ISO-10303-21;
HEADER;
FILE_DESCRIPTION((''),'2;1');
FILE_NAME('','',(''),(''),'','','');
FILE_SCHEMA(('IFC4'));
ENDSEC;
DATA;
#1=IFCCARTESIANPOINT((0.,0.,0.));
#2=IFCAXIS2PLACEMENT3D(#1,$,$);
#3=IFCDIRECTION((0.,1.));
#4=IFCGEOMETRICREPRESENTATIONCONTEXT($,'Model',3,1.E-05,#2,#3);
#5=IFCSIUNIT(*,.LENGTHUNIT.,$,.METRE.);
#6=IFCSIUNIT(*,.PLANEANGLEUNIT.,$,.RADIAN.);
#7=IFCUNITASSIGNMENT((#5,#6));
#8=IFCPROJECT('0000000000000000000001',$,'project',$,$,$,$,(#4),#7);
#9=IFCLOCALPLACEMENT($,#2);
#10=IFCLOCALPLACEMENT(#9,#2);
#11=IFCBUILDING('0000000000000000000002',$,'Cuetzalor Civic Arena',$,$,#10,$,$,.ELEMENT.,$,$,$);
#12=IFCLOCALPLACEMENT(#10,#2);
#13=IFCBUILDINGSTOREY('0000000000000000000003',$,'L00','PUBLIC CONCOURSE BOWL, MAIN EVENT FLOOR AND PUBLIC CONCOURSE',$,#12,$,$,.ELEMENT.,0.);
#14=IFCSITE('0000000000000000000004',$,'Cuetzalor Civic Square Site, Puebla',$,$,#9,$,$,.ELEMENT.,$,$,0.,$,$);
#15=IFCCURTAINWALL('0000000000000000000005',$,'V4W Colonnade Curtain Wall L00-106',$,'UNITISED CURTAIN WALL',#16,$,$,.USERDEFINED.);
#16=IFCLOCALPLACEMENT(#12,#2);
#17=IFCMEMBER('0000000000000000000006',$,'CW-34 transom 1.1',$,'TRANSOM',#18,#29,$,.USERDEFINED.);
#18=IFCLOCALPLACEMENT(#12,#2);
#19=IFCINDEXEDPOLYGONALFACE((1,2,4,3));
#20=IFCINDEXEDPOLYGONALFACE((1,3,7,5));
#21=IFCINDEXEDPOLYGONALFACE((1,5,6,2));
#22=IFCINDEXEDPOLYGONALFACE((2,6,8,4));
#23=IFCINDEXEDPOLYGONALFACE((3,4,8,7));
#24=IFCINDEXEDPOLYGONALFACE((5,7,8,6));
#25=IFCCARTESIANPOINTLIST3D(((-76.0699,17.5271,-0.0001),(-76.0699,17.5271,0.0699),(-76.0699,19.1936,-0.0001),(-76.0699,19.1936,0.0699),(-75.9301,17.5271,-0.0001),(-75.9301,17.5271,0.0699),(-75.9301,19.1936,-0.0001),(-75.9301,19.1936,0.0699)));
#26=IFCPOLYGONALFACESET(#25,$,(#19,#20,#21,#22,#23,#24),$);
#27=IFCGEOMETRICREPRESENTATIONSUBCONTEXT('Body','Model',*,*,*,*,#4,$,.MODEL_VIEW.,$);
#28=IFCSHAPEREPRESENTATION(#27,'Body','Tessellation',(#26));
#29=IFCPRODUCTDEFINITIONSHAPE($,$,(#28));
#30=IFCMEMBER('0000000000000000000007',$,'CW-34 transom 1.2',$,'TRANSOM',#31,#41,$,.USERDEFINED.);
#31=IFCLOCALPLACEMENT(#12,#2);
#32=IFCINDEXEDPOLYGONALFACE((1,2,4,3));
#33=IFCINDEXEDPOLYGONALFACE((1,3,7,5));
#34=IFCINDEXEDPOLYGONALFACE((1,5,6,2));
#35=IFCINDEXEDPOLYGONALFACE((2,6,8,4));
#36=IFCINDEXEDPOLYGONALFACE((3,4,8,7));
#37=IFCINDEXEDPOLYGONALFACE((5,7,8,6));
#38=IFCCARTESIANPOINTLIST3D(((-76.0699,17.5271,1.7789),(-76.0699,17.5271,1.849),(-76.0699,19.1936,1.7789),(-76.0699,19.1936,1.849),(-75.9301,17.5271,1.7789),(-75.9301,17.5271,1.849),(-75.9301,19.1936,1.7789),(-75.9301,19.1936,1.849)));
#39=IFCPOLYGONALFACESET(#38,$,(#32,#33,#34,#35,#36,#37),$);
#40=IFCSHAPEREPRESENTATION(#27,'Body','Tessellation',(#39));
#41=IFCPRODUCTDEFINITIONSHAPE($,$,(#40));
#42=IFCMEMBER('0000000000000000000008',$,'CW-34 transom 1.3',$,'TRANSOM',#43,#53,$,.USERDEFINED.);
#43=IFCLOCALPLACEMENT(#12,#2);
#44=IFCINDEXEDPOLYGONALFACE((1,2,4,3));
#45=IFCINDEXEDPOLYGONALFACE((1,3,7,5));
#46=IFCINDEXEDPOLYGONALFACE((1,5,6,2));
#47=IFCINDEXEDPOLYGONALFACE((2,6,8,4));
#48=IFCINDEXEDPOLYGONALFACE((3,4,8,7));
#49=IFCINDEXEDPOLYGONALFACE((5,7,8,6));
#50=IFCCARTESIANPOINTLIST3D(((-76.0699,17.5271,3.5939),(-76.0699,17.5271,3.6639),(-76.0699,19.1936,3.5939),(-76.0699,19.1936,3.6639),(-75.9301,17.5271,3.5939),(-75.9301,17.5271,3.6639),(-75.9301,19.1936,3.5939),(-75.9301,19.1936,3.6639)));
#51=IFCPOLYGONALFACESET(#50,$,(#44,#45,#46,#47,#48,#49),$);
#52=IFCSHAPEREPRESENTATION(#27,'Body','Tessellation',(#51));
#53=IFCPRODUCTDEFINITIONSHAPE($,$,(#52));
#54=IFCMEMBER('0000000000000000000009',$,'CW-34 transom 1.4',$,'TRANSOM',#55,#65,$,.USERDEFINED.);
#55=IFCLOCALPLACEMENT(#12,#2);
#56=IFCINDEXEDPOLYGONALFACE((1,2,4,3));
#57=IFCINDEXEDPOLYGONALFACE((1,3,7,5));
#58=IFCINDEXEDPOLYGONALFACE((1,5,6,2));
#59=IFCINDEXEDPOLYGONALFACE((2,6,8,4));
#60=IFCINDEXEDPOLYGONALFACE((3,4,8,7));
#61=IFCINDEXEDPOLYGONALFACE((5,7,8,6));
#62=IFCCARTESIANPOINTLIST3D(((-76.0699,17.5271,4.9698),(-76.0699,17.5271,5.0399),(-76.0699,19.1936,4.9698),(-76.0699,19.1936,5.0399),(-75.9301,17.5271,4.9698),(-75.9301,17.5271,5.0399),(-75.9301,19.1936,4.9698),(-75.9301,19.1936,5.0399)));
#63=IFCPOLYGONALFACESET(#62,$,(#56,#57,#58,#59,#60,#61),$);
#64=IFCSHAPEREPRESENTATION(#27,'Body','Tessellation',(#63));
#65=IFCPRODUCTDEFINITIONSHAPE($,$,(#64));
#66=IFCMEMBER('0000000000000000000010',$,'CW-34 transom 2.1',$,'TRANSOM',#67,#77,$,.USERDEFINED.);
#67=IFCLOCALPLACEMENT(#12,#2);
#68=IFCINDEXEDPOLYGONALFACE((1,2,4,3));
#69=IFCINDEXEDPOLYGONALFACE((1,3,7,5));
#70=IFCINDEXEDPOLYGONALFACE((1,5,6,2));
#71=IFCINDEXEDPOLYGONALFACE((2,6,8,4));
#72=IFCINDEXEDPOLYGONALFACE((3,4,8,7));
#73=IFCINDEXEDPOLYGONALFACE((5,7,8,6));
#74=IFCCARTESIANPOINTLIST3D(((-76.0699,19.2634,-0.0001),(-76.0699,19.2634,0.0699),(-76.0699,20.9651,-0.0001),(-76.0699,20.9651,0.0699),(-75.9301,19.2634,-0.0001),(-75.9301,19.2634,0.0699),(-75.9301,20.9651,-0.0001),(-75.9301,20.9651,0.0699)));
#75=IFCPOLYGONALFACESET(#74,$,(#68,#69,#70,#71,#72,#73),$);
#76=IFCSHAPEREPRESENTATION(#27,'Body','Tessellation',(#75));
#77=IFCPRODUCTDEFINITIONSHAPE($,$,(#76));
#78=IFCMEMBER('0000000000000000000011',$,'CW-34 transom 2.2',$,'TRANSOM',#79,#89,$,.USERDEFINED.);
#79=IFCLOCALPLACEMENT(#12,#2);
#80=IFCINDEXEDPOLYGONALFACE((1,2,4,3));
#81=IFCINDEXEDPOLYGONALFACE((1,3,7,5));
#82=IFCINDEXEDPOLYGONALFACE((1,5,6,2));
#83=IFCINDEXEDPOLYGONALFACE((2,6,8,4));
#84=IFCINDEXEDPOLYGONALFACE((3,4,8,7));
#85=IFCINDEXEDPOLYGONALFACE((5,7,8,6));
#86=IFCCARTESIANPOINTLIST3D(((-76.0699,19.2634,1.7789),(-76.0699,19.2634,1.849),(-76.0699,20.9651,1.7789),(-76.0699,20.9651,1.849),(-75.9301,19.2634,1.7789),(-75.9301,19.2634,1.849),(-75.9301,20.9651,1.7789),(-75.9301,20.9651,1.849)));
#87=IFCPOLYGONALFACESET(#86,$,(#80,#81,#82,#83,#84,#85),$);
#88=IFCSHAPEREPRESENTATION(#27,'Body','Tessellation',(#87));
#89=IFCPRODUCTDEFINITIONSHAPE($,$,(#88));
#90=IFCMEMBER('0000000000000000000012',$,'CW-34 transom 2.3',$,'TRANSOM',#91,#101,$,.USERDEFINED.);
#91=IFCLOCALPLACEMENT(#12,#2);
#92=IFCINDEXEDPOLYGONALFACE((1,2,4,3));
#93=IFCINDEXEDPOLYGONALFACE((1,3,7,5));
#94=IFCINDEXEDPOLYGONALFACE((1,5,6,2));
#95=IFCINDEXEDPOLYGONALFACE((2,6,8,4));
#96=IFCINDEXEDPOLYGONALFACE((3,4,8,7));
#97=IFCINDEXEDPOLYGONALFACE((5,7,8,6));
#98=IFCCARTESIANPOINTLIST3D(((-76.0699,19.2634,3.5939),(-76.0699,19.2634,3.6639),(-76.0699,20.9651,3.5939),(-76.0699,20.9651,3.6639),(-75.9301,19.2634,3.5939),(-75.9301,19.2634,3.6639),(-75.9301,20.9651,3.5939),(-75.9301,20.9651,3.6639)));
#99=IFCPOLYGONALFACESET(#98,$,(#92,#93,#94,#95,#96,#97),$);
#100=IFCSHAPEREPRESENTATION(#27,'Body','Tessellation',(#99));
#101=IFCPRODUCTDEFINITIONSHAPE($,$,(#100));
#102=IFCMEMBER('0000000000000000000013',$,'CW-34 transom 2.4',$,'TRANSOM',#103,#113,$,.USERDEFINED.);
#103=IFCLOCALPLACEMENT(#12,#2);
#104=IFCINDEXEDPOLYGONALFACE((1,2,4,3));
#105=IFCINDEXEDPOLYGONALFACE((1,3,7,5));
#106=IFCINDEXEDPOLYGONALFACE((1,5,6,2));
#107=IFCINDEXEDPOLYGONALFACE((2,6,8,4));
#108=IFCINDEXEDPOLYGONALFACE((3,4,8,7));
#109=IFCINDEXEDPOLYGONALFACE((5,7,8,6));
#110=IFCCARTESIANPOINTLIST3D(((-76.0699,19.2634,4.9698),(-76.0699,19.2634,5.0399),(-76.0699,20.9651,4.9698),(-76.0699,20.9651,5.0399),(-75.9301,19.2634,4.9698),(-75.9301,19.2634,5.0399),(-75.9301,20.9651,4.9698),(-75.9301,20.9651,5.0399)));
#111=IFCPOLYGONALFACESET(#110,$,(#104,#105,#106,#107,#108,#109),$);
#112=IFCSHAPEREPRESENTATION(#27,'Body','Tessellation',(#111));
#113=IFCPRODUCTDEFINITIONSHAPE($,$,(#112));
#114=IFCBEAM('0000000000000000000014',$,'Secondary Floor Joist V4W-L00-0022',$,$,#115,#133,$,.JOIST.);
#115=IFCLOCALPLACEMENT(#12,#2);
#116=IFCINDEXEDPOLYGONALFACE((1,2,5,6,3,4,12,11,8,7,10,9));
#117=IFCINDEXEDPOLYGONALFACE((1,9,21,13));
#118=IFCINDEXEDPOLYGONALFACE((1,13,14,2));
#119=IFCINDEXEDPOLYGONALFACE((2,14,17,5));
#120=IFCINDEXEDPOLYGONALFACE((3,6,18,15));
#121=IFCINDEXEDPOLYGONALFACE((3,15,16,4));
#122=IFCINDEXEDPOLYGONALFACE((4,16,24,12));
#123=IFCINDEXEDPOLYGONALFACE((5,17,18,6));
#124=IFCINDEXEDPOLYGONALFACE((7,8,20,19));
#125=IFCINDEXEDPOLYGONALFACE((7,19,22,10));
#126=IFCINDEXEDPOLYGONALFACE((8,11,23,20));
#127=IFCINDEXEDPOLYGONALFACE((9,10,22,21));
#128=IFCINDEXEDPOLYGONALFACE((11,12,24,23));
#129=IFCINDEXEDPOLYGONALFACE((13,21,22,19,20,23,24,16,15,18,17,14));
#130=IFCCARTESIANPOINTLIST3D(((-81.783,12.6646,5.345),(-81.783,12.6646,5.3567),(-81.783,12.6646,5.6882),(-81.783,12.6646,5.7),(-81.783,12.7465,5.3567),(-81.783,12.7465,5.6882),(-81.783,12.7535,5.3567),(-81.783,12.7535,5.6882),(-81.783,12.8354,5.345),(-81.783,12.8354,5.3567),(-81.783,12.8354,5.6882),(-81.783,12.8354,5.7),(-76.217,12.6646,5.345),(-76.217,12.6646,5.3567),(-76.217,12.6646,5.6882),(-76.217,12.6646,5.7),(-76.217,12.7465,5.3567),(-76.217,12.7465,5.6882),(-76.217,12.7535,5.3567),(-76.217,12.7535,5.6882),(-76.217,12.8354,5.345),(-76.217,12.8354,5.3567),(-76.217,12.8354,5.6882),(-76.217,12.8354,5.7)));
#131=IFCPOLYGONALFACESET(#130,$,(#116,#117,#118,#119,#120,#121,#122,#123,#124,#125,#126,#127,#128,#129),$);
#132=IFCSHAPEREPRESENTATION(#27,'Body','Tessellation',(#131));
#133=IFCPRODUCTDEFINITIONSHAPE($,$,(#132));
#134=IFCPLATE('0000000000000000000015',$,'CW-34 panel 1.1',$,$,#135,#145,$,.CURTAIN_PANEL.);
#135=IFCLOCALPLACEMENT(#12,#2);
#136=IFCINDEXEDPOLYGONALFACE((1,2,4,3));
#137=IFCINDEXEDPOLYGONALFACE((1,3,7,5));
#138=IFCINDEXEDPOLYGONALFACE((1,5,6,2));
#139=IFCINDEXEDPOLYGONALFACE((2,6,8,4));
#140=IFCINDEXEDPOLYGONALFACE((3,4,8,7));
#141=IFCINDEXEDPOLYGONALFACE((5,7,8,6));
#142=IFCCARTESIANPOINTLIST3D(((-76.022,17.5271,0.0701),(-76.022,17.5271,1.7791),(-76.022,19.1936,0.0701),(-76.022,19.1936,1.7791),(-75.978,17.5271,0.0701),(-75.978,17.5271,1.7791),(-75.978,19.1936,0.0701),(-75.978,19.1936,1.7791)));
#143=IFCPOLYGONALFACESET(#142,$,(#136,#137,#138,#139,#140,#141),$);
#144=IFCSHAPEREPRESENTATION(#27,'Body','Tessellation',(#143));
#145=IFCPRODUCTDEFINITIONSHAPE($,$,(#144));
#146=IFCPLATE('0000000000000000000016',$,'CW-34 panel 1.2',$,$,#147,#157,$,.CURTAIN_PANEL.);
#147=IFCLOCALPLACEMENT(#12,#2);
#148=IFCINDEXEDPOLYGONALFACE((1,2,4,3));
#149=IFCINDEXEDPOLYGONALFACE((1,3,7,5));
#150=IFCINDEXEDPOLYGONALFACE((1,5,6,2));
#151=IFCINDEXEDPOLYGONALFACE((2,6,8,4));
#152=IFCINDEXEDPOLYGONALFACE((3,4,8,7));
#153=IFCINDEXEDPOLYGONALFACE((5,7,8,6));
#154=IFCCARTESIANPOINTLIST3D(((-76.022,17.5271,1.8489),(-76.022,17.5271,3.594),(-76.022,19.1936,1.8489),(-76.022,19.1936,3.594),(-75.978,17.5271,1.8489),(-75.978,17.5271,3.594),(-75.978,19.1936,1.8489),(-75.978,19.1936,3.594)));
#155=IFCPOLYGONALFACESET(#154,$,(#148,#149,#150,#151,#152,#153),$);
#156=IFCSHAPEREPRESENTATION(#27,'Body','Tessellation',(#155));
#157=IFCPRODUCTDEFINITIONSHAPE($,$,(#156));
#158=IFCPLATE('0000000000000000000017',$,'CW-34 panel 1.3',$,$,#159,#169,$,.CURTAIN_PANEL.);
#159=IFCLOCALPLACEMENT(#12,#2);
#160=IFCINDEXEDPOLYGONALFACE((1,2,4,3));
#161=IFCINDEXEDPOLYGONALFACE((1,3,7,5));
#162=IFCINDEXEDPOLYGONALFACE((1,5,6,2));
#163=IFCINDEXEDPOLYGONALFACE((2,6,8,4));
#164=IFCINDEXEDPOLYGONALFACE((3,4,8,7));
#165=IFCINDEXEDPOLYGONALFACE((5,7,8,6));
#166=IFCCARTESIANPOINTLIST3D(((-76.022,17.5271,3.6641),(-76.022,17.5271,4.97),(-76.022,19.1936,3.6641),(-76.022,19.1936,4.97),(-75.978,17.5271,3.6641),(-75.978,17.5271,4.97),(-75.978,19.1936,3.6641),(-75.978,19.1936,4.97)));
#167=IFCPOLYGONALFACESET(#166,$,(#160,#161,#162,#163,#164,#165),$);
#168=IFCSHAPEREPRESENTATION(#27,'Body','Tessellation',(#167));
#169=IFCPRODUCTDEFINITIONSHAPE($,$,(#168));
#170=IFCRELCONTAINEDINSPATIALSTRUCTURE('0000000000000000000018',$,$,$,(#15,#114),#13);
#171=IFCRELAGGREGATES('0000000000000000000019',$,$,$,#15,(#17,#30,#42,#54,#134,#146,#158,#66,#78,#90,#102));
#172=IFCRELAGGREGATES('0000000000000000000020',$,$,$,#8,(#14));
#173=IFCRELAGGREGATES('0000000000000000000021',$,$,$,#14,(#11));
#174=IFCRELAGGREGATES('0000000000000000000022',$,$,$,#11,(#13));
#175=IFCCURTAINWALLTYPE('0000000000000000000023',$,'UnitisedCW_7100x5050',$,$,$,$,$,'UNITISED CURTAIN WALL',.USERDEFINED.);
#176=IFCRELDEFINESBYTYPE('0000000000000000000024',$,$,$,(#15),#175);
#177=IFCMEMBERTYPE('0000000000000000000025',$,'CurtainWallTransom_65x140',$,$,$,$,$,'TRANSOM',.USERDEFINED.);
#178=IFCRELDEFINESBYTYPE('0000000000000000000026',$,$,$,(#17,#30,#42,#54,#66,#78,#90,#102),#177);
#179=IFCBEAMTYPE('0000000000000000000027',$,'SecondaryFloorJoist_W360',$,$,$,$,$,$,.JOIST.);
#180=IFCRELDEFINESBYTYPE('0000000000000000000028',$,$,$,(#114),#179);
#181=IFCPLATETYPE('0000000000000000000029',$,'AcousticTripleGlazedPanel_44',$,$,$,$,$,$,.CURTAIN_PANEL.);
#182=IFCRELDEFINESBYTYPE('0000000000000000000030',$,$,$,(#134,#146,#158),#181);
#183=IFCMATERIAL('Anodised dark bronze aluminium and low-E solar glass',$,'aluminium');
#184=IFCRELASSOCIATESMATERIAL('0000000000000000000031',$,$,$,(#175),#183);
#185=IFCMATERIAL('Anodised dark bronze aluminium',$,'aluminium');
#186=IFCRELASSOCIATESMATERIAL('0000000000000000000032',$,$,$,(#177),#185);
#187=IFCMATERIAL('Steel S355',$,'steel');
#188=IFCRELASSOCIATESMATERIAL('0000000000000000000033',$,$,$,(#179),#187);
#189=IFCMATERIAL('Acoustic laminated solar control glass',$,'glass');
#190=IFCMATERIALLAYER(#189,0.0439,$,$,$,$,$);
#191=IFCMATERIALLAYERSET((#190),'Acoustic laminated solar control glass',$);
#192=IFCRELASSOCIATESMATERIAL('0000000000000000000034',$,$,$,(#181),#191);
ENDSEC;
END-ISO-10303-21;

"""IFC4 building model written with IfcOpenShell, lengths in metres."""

from ifc_helpers import new_model, si_unit, direction, frame, origin, origin_2d, place, context, subcontext, project, spatial, rectangle, i_section, extrude, material, layer, layer_set, material_profile, profile_set, type_object, element, aggregate, save


model = new_model("IFC4")

# Units and contexts
model_context = context("Model", 3, precision=1e-05, world=origin(), true_north=direction((0.0, 1.0)))
body_context = subcontext(model_context, "Body", "Model", "MODEL_VIEW")
ifc_project = project(units=[si_unit("LENGTHUNIT", "METRE"), si_unit("PLANEANGLEUNIT", "RADIAN")], contexts=[model_context])

# Site, building, storey
site_placement = place(None, origin())
site = spatial("IfcSite", under=ifc_project, at=site_placement, Name="Cuetzalor Civic Square Site, Puebla", CompositionType="ELEMENT", RefElevation=0.0)
building_placement = place(site_placement, origin())
building = spatial("IfcBuilding", under=site, at=building_placement, Name="Cuetzalor Civic Arena", CompositionType="ELEMENT")
storey_placement = place(building_placement, origin())
storey = spatial("IfcBuildingStorey", under=building, at=storey_placement, Name="L00", Description="PUBLIC CONCOURSE BOWL, MAIN EVENT FLOOR AND PUBLIC CONCOURSE", CompositionType="ELEMENT", Elevation=0.0)

# Curtain wall, members
ifc_material_1 = material(Name="Anodised dark bronze aluminium and low-E solar glass", Category="aluminium")
curtain_wall_type = type_object("IfcCurtainWallType", Name="UnitisedCW_7100x5050", ElementType="UNITISED CURTAIN WALL", PredefinedType="USERDEFINED", material=ifc_material_1)
curtain_wall_placement = place(storey_placement, origin())
curtain_wall = element("IfcCurtainWall", 1, at=curtain_wall_placement, inside=storey, type_object=curtain_wall_type, Name="V4W Colonnade Curtain Wall L00-106", ObjectType="UNITISED CURTAIN WALL", PredefinedType="USERDEFINED")
ifc_material_2 = material(Name="Anodised dark bronze aluminium", Category="aluminium")
ifc_material_profile_1 = material_profile(ifc_material_2, rectangle(XDim=0.1399, YDim=0.0701, at=origin_2d()), Name="ALU TRANSOM 70x140")
ifc_profile_set_1 = profile_set([ifc_material_profile_1], Name="Anodised dark bronze aluminium")
member_type_1 = type_object("IfcMemberType", Name="CurtainWallTransom_65x140", ElementType="TRANSOM", PredefinedType="USERDEFINED", material=ifc_profile_set_1)
member_1_placement = place(storey_placement, frame((-76.0, 17.5271, 0.0349), z_axis=(0.0, 1.0, 0.0), x_axis=(-1.0, 0.0, 0.0)))
member_1 = element("IfcMember", 2, at=member_1_placement, type_object=member_type_1, Name="CW-34 transom 1.1", ObjectType="TRANSOM", PredefinedType="USERDEFINED", context=body_context, shape_type="SweptSolid", body=[
    extrude(rectangle(XDim=0.1399, YDim=0.0701, at=origin_2d()), origin(), (0.0, 0.0, 1.0), 1.6665),
])
member_2_placement = place(storey_placement, frame((-76.0, 17.5271, 1.814), z_axis=(0.0, 1.0, 0.0), x_axis=(-1.0, 0.0, 0.0)))
member_2 = element("IfcMember", 3, at=member_2_placement, type_object=member_type_1, Name="CW-34 transom 1.2", ObjectType="TRANSOM", PredefinedType="USERDEFINED", context=body_context, shape_type="SweptSolid", body=[
    extrude(rectangle(XDim=0.1399, YDim=0.0701, at=origin_2d()), origin(), (0.0, 0.0, 1.0), 1.6665),
])
member_3_placement = place(storey_placement, frame((-76.0, 17.5271, 3.6289), z_axis=(0.0, 1.0, 0.0), x_axis=(-1.0, 0.0, 0.0)))
member_3 = element("IfcMember", 4, at=member_3_placement, type_object=member_type_1, Name="CW-34 transom 1.3", ObjectType="TRANSOM", PredefinedType="USERDEFINED", context=body_context, shape_type="SweptSolid", body=[
    extrude(rectangle(XDim=0.1399, YDim=0.0701, at=origin_2d()), origin(), (0.0, 0.0, 1.0), 1.6665),
])
member_4_placement = place(storey_placement, frame((-76.0, 17.5271, 5.0049), z_axis=(0.0, 1.0, 0.0), x_axis=(-1.0, 0.0, 0.0)))
member_4 = element("IfcMember", 5, at=member_4_placement, type_object=member_type_1, Name="CW-34 transom 1.4", ObjectType="TRANSOM", PredefinedType="USERDEFINED", context=body_context, shape_type="SweptSolid", body=[
    extrude(rectangle(XDim=0.1399, YDim=0.0701, at=origin_2d()), origin(), (0.0, 0.0, 1.0), 1.6665),
])
member_5_placement = place(storey_placement, frame((-76.0, 19.2634, 0.0349), z_axis=(0.0, 1.0, 0.0), x_axis=(-1.0, 0.0, 0.0)))
member_5 = element("IfcMember", 6, at=member_5_placement, type_object=member_type_1, Name="CW-34 transom 2.1", ObjectType="TRANSOM", PredefinedType="USERDEFINED", context=body_context, shape_type="SweptSolid", body=[
    extrude(rectangle(XDim=0.1399, YDim=0.0701, at=origin_2d()), origin(), (0.0, 0.0, 1.0), 1.7017),
])
member_6_placement = place(storey_placement, frame((-76.0, 19.2634, 1.814), z_axis=(0.0, 1.0, 0.0), x_axis=(-1.0, 0.0, 0.0)))
member_6 = element("IfcMember", 7, at=member_6_placement, type_object=member_type_1, Name="CW-34 transom 2.2", ObjectType="TRANSOM", PredefinedType="USERDEFINED", context=body_context, shape_type="SweptSolid", body=[
    extrude(rectangle(XDim=0.1399, YDim=0.0701, at=origin_2d()), origin(), (0.0, 0.0, 1.0), 1.7017),
])
member_7_placement = place(storey_placement, frame((-76.0, 19.2634, 3.6289), z_axis=(0.0, 1.0, 0.0), x_axis=(-1.0, 0.0, 0.0)))
member_7 = element("IfcMember", 8, at=member_7_placement, type_object=member_type_1, Name="CW-34 transom 2.3", ObjectType="TRANSOM", PredefinedType="USERDEFINED", context=body_context, shape_type="SweptSolid", body=[
    extrude(rectangle(XDim=0.1399, YDim=0.0701, at=origin_2d()), origin(), (0.0, 0.0, 1.0), 1.7017),
])
member_8_placement = place(storey_placement, frame((-76.0, 19.2634, 5.0049), z_axis=(0.0, 1.0, 0.0), x_axis=(-1.0, 0.0, 0.0)))
member_8 = element("IfcMember", 9, at=member_8_placement, type_object=member_type_1, Name="CW-34 transom 2.4", ObjectType="TRANSOM", PredefinedType="USERDEFINED", context=body_context, shape_type="SweptSolid", body=[
    extrude(rectangle(XDim=0.1399, YDim=0.0701, at=origin_2d()), origin(), (0.0, 0.0, 1.0), 1.7017),
])

# Beam
ifc_material_3 = material(Name="Steel S355", Category="steel")
ifc_material_profile_2 = material_profile(ifc_material_3, i_section(OverallWidth=0.1709, OverallDepth=0.355, WebThickness=0.0071, FlangeThickness=0.0117, at=origin_2d()), Name="W360x51")
ifc_profile_set_2 = profile_set([ifc_material_profile_2], Name="Steel S355")
beam_type_1 = type_object("IfcBeamType", Name="SecondaryFloorJoist_W360", PredefinedType="JOIST", material=ifc_profile_set_2)
beam_1_placement = place(storey_placement, frame((-81.783, 12.75, 5.5225), z_axis=(1.0, 0.0, 0.0), x_axis=(0.0, 1.0, 0.0)))
element("IfcBeam", 10, at=beam_1_placement, inside=storey, type_object=beam_type_1, Name="Secondary Floor Joist V4W-L00-0022", PredefinedType="JOIST", context=body_context, shape_type="SweptSolid", body=[
    extrude(i_section(OverallWidth=0.1709, OverallDepth=0.355, WebThickness=0.0071, FlangeThickness=0.0117, at=origin_2d()), origin(), (0.0, 0.0, 1.0), 5.5659),
])

# Plates
ifc_material_4 = material(Name="Acoustic laminated solar control glass", Category="glass")
ifc_layer_1 = layer(ifc_material_4, 0.0439)
ifc_layer_set_1 = layer_set([ifc_layer_1], Name="Acoustic laminated solar control glass")
plate_type = type_object("IfcPlateType", Name="AcousticTripleGlazedPanel_44", PredefinedType="CURTAIN_PANEL", material=ifc_layer_set_1)
plate_1_placement = place(storey_placement, frame((-76.0, 18.3604, 0.0701), z_axis=(0.0, 0.0, 1.0), x_axis=(0.0, 1.0, 0.0)))
plate_1 = element("IfcPlate", 11, at=plate_1_placement, type_object=plate_type, Name="CW-34 panel 1.1", PredefinedType="CURTAIN_PANEL", context=body_context, shape_type="SweptSolid", body=[
    extrude(rectangle(XDim=1.6665, YDim=0.0439, at=origin_2d()), origin(), (0.0, 0.0, 1.0), 1.709),
])
plate_2_placement = place(storey_placement, frame((-76.0, 18.3604, 1.8489), z_axis=(0.0, 0.0, 1.0), x_axis=(0.0, 1.0, 0.0)))
plate_2 = element("IfcPlate", 12, at=plate_2_placement, type_object=plate_type, Name="CW-34 panel 1.2", PredefinedType="CURTAIN_PANEL", context=body_context, shape_type="SweptSolid", body=[
    extrude(rectangle(XDim=1.6665, YDim=0.0439, at=origin_2d()), origin(), (0.0, 0.0, 1.0), 1.7451),
])
plate_3_placement = place(storey_placement, frame((-76.0, 18.3604, 3.6641), z_axis=(0.0, 0.0, 1.0), x_axis=(0.0, 1.0, 0.0)))
plate_3 = element("IfcPlate", 13, at=plate_3_placement, type_object=plate_type, Name="CW-34 panel 1.3", PredefinedType="CURTAIN_PANEL", context=body_context, shape_type="SweptSolid", body=[
    extrude(rectangle(XDim=1.6665, YDim=0.0439, at=origin_2d()), origin(), (0.0, 0.0, 1.0), 1.3059),
])
aggregate(curtain_wall, [member_1, member_2, member_3, member_4, plate_1, plate_2, plate_3, member_5, member_6, member_7, member_8])

save(model, "model.ifc")
